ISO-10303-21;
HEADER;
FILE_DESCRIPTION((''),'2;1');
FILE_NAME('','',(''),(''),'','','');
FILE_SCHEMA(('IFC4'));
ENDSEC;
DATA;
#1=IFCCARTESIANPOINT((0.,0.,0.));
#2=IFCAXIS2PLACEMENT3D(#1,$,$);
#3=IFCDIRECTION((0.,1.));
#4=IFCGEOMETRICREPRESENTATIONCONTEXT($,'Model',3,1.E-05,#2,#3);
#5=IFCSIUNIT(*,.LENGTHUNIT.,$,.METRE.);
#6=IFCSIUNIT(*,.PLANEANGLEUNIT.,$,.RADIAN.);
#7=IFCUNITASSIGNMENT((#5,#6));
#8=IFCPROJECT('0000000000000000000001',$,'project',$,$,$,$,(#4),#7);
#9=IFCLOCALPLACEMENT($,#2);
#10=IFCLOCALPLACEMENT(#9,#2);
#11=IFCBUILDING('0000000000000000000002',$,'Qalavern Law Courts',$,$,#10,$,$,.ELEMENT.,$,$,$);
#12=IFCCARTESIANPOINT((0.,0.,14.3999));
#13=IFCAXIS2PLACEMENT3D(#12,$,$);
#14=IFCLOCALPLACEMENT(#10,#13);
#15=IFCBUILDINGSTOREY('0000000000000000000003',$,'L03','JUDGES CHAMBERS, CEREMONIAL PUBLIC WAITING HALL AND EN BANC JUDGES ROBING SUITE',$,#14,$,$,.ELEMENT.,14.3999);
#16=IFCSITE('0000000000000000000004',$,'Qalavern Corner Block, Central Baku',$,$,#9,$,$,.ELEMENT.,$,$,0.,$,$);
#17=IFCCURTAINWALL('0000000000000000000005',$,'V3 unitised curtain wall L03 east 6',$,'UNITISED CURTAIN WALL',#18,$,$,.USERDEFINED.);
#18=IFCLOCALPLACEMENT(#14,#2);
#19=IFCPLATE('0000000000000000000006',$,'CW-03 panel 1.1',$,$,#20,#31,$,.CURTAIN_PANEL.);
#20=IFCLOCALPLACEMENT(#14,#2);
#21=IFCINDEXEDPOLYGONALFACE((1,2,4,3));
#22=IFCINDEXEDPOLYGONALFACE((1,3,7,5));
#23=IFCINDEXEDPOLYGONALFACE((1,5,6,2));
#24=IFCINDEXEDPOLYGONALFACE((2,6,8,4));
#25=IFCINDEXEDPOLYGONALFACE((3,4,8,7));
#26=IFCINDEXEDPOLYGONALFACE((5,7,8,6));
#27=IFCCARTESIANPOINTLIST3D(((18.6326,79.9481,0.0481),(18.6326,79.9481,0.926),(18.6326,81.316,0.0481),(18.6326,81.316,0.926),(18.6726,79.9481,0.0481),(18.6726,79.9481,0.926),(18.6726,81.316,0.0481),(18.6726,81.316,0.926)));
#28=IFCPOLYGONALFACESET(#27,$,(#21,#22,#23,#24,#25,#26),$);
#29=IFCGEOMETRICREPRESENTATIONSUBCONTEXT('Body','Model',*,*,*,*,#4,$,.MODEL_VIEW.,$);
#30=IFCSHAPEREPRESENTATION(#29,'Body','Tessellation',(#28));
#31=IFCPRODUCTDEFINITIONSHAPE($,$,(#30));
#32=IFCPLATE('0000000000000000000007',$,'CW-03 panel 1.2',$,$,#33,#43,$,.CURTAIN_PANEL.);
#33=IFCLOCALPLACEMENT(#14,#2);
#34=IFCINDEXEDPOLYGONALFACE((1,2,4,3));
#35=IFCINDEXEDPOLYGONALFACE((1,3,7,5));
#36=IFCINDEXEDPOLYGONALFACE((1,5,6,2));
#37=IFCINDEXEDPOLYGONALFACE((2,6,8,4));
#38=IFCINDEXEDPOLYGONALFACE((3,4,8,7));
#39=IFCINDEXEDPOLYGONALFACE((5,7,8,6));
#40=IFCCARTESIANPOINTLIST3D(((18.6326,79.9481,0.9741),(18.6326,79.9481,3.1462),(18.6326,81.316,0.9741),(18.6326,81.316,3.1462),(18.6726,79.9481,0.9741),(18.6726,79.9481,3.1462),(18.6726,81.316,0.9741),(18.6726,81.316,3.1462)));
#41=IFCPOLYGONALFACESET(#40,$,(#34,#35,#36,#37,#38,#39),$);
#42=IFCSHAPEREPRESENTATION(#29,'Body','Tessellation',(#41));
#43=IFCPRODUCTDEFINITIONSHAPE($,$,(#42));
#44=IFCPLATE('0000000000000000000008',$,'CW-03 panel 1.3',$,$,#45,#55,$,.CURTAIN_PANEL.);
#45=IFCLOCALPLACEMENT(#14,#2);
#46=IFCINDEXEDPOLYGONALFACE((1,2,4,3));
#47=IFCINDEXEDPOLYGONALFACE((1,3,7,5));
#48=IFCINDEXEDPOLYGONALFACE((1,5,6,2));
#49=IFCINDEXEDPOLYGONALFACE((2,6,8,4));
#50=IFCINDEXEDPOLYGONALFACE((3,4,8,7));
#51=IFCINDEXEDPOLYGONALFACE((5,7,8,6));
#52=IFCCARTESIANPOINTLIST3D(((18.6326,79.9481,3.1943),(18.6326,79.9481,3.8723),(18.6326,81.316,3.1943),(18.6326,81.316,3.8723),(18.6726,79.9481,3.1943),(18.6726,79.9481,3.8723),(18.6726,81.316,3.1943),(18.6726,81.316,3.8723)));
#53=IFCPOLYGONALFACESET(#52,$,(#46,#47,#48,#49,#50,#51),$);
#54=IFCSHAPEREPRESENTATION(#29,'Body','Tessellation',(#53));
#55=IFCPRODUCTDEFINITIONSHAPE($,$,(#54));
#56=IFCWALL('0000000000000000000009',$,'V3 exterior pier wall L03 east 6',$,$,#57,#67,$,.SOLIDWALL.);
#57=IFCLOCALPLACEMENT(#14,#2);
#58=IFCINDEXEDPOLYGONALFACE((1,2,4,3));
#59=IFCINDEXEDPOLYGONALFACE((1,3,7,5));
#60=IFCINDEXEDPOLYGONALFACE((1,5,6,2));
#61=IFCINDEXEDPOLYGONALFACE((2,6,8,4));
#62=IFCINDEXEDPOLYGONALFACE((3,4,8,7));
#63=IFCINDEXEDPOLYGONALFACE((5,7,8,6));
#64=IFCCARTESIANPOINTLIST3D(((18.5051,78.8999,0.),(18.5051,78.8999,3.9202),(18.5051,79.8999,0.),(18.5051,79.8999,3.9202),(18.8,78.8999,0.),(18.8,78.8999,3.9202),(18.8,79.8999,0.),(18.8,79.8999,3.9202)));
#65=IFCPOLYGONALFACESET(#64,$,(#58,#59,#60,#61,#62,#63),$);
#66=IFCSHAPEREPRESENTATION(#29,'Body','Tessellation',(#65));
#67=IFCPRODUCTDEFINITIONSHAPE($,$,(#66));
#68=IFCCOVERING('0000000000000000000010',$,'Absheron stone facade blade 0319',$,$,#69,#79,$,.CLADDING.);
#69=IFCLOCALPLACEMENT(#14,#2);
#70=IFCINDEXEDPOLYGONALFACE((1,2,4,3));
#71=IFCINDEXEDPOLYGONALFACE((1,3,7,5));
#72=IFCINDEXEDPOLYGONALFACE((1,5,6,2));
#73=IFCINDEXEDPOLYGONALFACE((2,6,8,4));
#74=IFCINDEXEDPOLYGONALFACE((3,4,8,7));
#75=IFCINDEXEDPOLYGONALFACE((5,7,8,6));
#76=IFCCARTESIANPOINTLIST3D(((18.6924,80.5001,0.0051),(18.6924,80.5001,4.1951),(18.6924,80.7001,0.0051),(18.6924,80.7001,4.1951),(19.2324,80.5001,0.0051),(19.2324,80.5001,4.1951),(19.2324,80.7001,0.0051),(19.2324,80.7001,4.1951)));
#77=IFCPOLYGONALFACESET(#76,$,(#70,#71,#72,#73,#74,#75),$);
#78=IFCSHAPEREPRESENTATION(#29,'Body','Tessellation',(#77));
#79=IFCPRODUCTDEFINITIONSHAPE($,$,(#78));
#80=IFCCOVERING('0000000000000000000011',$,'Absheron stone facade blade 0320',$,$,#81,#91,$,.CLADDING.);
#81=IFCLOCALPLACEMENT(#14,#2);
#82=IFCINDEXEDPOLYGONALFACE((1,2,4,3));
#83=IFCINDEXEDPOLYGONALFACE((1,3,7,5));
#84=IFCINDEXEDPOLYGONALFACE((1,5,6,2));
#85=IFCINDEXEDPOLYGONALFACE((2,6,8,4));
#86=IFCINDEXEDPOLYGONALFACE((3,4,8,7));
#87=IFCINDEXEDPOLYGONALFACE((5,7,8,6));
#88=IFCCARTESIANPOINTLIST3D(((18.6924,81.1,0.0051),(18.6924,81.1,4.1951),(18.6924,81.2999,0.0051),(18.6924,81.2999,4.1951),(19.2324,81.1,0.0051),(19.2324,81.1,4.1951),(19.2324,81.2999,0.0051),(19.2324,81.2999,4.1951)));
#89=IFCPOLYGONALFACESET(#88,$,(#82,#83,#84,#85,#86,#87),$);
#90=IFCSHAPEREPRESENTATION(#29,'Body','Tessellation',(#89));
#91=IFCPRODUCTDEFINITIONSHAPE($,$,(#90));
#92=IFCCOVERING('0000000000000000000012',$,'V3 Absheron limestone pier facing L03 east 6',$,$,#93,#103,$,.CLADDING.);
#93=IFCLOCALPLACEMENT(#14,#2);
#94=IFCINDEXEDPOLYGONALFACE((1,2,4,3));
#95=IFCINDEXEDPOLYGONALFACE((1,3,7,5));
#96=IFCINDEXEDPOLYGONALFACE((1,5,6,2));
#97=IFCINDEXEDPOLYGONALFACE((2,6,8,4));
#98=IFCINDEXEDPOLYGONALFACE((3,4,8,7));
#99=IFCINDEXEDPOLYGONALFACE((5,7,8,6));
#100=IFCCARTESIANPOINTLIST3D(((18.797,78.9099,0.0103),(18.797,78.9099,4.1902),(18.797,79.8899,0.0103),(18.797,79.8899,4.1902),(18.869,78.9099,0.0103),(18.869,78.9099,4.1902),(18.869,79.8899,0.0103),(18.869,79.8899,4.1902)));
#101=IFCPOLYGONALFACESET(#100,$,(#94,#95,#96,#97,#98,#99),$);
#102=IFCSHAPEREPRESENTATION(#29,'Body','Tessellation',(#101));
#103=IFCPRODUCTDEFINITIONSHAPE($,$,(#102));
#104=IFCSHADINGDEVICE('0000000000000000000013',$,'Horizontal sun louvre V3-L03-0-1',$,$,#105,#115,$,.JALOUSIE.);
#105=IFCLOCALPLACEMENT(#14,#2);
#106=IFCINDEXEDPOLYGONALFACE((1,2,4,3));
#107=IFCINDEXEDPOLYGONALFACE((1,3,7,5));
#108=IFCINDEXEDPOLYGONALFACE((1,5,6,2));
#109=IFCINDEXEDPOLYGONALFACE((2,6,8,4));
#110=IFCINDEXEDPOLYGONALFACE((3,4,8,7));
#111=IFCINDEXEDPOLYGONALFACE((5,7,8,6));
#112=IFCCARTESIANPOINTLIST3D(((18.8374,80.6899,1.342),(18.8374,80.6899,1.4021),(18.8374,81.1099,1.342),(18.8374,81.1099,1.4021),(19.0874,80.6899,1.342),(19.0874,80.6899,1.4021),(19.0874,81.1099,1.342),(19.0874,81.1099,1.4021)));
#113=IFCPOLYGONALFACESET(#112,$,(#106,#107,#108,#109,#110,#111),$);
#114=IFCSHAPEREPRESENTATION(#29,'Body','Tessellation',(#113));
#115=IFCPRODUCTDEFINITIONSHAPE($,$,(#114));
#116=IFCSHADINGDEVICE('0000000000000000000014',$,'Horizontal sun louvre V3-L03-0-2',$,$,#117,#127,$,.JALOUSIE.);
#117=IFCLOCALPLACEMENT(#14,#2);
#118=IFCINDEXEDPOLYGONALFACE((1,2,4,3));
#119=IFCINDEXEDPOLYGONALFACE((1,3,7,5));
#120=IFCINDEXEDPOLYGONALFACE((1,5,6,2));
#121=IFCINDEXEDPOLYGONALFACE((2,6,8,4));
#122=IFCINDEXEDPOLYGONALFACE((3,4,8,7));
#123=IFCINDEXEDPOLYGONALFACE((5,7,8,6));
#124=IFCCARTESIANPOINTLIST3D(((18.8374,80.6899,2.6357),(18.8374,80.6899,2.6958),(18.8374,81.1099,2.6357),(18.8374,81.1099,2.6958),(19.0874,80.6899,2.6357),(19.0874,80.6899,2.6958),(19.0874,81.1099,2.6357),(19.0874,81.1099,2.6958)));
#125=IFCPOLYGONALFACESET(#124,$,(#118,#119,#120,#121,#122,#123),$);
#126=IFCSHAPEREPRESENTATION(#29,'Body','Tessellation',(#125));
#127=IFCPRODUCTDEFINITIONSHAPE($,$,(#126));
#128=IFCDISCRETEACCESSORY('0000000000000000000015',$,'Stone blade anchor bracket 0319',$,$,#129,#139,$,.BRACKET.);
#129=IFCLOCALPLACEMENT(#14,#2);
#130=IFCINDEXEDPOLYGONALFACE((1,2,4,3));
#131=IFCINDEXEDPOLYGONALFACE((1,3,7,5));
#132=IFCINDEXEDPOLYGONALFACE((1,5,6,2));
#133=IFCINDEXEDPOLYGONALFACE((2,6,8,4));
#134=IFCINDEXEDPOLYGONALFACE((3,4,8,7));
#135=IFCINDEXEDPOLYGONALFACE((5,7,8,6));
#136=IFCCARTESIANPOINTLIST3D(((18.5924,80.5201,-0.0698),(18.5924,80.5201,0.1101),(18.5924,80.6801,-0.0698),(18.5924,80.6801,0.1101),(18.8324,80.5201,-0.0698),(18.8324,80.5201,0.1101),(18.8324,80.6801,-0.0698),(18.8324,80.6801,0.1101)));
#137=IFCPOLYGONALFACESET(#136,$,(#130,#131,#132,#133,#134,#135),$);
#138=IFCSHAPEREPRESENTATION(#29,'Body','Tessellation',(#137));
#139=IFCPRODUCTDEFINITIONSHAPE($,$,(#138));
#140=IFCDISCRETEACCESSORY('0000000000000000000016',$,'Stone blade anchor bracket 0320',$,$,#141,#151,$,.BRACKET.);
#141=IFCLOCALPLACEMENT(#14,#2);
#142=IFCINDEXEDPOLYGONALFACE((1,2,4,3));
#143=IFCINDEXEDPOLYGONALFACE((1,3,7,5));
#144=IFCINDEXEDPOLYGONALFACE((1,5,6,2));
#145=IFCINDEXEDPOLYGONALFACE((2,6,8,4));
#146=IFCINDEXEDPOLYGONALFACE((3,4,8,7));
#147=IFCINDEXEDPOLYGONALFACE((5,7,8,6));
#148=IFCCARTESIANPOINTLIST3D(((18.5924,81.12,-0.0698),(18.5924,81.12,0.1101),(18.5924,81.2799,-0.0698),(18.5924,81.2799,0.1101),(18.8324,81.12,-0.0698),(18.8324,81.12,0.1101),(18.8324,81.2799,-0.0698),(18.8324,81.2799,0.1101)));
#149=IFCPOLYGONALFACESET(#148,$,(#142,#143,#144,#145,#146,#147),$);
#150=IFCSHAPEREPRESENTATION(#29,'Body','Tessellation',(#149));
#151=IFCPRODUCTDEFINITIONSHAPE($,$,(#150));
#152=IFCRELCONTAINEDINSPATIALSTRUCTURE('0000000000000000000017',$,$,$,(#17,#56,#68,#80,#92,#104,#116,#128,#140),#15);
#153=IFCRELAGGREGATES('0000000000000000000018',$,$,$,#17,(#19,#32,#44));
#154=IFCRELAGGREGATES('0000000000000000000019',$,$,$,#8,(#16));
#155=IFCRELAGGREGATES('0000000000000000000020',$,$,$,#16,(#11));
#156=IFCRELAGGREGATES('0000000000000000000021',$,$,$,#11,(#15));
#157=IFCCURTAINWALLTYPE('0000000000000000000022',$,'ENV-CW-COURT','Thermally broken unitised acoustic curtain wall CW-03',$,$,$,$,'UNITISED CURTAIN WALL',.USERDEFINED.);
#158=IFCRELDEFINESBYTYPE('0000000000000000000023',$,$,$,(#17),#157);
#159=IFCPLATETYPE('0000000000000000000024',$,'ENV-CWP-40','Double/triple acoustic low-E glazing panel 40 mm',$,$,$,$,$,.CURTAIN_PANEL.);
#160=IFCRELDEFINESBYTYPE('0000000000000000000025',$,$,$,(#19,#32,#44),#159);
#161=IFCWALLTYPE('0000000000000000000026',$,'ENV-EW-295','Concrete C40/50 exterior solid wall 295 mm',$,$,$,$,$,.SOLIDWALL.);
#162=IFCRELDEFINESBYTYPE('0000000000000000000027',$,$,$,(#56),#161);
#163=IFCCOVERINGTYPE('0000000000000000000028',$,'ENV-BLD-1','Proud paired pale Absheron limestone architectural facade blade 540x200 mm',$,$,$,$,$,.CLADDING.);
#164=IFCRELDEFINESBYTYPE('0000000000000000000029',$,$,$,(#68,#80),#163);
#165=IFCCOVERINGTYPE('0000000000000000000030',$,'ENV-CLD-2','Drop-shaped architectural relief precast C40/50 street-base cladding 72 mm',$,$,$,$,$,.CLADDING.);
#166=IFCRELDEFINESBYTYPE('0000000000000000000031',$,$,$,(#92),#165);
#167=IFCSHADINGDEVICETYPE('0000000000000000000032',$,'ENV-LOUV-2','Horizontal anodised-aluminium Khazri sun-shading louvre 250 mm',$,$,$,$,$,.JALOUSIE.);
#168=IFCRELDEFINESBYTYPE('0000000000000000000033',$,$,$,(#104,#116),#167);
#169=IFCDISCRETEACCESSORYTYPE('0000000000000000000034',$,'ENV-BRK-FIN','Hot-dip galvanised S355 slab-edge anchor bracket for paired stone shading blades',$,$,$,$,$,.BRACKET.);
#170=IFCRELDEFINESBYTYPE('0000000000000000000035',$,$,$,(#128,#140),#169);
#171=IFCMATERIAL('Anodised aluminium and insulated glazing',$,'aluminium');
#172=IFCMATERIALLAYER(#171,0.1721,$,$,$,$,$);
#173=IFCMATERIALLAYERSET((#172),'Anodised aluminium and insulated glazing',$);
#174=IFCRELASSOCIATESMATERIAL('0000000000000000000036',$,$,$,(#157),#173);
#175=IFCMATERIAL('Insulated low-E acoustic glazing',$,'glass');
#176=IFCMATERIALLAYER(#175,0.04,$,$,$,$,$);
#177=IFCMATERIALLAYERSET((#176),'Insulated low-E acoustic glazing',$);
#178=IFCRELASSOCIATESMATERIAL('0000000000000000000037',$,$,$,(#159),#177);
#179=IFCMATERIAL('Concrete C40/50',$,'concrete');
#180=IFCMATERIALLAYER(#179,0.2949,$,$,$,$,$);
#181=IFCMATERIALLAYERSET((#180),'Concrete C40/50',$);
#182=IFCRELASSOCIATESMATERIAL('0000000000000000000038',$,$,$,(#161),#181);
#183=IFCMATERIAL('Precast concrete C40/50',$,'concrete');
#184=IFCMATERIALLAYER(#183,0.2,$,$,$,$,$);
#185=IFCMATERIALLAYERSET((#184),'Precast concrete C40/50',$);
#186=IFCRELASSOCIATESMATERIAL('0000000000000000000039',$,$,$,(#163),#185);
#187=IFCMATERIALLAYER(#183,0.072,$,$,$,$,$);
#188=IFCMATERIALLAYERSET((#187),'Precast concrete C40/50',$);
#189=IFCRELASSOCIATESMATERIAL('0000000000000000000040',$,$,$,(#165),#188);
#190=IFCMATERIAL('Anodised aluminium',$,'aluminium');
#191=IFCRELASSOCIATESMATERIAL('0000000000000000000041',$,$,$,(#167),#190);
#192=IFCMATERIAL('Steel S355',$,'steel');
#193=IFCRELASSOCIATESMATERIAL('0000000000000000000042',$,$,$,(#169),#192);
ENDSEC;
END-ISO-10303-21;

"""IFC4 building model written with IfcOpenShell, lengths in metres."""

from ifc_helpers import new_model, si_unit, direction, frame, frame_2d, origin, origin_2d, place, context, subcontext, project, spatial, rectangle, extrude, material, layer, layer_set, type_object, element, aggregate, save


model = new_model("IFC4")

# Units and contexts
model_context = context("Model", 3, precision=1e-05, world=origin(), true_north=direction((0.0, 1.0)))
body_context = subcontext(model_context, "Body", "Model", "MODEL_VIEW")
ifc_project = project(units=[si_unit("LENGTHUNIT", "METRE"), si_unit("PLANEANGLEUNIT", "RADIAN")], contexts=[model_context])

# Site, building, storey
site_placement = place(None, origin())
site = spatial("IfcSite", under=ifc_project, at=site_placement, Name="Qalavern Corner Block, Central Baku", CompositionType="ELEMENT", RefElevation=0.0)
building_placement = place(site_placement, origin())
building = spatial("IfcBuilding", under=site, at=building_placement, Name="Qalavern Law Courts", CompositionType="ELEMENT")
storey_placement = place(building_placement, frame((0.0, 0.0, 14.3999)))
storey = spatial("IfcBuildingStorey", under=building, at=storey_placement, Name="L03", Description="JUDGES CHAMBERS, CEREMONIAL PUBLIC WAITING HALL AND EN BANC JUDGES ROBING SUITE", CompositionType="ELEMENT", Elevation=14.3999)

# Shared definitions
ifc_material_1 = material(Name="Anodised aluminium and insulated glazing", Category="aluminium")
ifc_layer_1 = layer(ifc_material_1, 0.1721)
ifc_layer_set_1 = layer_set([ifc_layer_1], Name="Anodised aluminium and insulated glazing")
curtain_wall_type = type_object("IfcCurtainWallType", Name="ENV-CW-COURT", Description="Thermally broken unitised acoustic curtain wall CW-03", ElementType="UNITISED CURTAIN WALL", PredefinedType="USERDEFINED", material=ifc_layer_set_1)
ifc_material_2 = material(Name="Anodised aluminium", Category="aluminium")

# Curtain wall
curtain_wall_1_placement = place(storey_placement, origin())
curtain_wall_1 = element("IfcCurtainWall", 1, at=curtain_wall_1_placement, inside=storey, type_object=curtain_wall_type, Name="V3 unitised curtain wall L03 east 6", ObjectType="UNITISED CURTAIN WALL", PredefinedType="USERDEFINED")

# Shared definitions
ifc_material_3 = material(Name="Steel S355", Category="steel")

# Plates
ifc_material_4 = material(Name="Insulated low-E acoustic glazing", Category="glass")
ifc_layer_2 = layer(ifc_material_4, 0.04)
ifc_layer_set_2 = layer_set([ifc_layer_2], Name="Insulated low-E acoustic glazing")
plate_type_1 = type_object("IfcPlateType", Name="ENV-CWP-40", Description="Double/triple acoustic low-E glazing panel 40 mm", PredefinedType="CURTAIN_PANEL", material=ifc_layer_set_2)
plate_1_placement = place(storey_placement, frame((18.6526, 80.6321, 0.0481), z_axis=(0.0, 0.0, 1.0), x_axis=(0.0, 1.0, 0.0)))
plate_1 = element("IfcPlate", 2, at=plate_1_placement, type_object=plate_type_1, Name="CW-03 panel 1.1", PredefinedType="CURTAIN_PANEL", context=body_context, shape_type="SweptSolid", body=[
    extrude(rectangle(XDim=1.3679, YDim=0.04, at=origin_2d()), origin(), (0.0, 0.0, 1.0), 0.8779),
])
plate_2_placement = place(storey_placement, frame((18.6526, 80.6321, 0.9741), z_axis=(0.0, 0.0, 1.0), x_axis=(0.0, 1.0, 0.0)))
plate_2 = element("IfcPlate", 3, at=plate_2_placement, type_object=plate_type_1, Name="CW-03 panel 1.2", PredefinedType="CURTAIN_PANEL", context=body_context, shape_type="SweptSolid", body=[
    extrude(rectangle(XDim=1.3679, YDim=0.04, at=origin_2d()), origin(), (0.0, 0.0, 1.0), 2.1721),
])
plate_3_placement = place(storey_placement, frame((18.6526, 80.6321, 3.1943), z_axis=(0.0, 0.0, 1.0), x_axis=(0.0, 1.0, 0.0)))
plate_3 = element("IfcPlate", 4, at=plate_3_placement, type_object=plate_type_1, Name="CW-03 panel 1.3", PredefinedType="CURTAIN_PANEL", context=body_context, shape_type="SweptSolid", body=[
    extrude(rectangle(XDim=1.3679, YDim=0.04, at=origin_2d()), origin(), (0.0, 0.0, 1.0), 0.678),
])
aggregate(curtain_wall_1, [plate_1, plate_2, plate_3])

# Wall
ifc_material_5 = material(Name="Concrete C40/50", Category="concrete")
ifc_layer_3 = layer(ifc_material_5, 0.2949)
ifc_layer_set_3 = layer_set([ifc_layer_3], Name="Concrete C40/50")
wall_type = type_object("IfcWallType", Name="ENV-EW-295", Description="Concrete C40/50 exterior solid wall 295 mm", PredefinedType="SOLIDWALL", material=ifc_layer_set_3)
wall_placement = place(storey_placement, frame((18.6526, 78.8999, 0.0), z_axis=(0.0, 0.0, 1.0), x_axis=(0.0, 1.0, 0.0)))
element("IfcWall", 5, at=wall_placement, inside=storey, type_object=wall_type, Name="V3 exterior pier wall L03 east 6", PredefinedType="SOLIDWALL", context=body_context, shape_type="SweptSolid", body=[
    extrude(rectangle(XDim=1.0, YDim=0.2949, at=frame_2d((0.5, 0.0))), origin(), (0.0, 0.0, 1.0), 3.9202),
])

# Coverings
ifc_material_6 = material(Name="Precast concrete C40/50", Category="concrete")
ifc_layer_4 = layer(ifc_material_6, 0.2)
ifc_layer_set_4 = layer_set([ifc_layer_4], Name="Precast concrete C40/50")
covering_type_1 = type_object("IfcCoveringType", Name="ENV-BLD-1", Description="Proud paired pale Absheron limestone architectural facade blade 540x200 mm", PredefinedType="CLADDING", material=ifc_layer_set_4)
for number, where, z_axis, x_axis, name in (
    (6, (18.9624, 80.6001, 0.0051), (0.0, 0.0, 1.0), (1.0, 0.0, 0.0), "Absheron stone facade blade 0319"),
    (7, (18.9624, 81.2, 0.0051), (0.0, 0.0, 1.0), (1.0, 0.0, 0.0), "Absheron stone facade blade 0320"),
):
    element("IfcCovering", number, at=place(storey_placement, frame(where, z_axis=z_axis, x_axis=x_axis)), inside=storey, type_object=covering_type_1, Name=name, PredefinedType="CLADDING", context=body_context, shape_type="SweptSolid", body=[
        extrude(rectangle(XDim=0.54, YDim=0.2, at=origin_2d()), origin(), (0.0, 0.0, 1.0), 4.1899),
    ])
ifc_layer_5 = layer(ifc_material_6, 0.072)
ifc_layer_set_5 = layer_set([ifc_layer_5], Name="Precast concrete C40/50")
covering_type_2 = type_object("IfcCoveringType", Name="ENV-CLD-2", Description="Drop-shaped architectural relief precast C40/50 street-base cladding 72 mm", PredefinedType="CLADDING", material=ifc_layer_set_5)
covering_placement = place(storey_placement, frame((18.833, 79.3999, 0.0103), z_axis=(0.0, 0.0, 1.0), x_axis=(0.0, 1.0, 0.0)))
element("IfcCovering", 8, at=covering_placement, inside=storey, type_object=covering_type_2, Name="V3 Absheron limestone pier facing L03 east 6", PredefinedType="CLADDING", context=body_context, shape_type="SweptSolid", body=[
    extrude(rectangle(XDim=0.98, YDim=0.072, at=origin_2d()), origin(), (0.0, 0.0, 1.0), 4.1799),
])

# Shading devices
shading_device_type = type_object("IfcShadingDeviceType", Name="ENV-LOUV-2", Description="Horizontal anodised-aluminium Khazri sun-shading louvre 250 mm", PredefinedType="JALOUSIE", material=ifc_material_2)
for number, where, z_axis, x_axis, name in (
    (9, (18.9624, 80.8999, 1.342), (0.0, 0.0, 1.0), (0.0, 1.0, 0.0), "Horizontal sun louvre V3-L03-0-1"),
    (10, (18.9624, 80.8999, 2.6357), (0.0, 0.0, 1.0), (0.0, 1.0, 0.0), "Horizontal sun louvre V3-L03-0-2"),
):
    element("IfcShadingDevice", number, at=place(storey_placement, frame(where, z_axis=z_axis, x_axis=x_axis)), inside=storey, type_object=shading_device_type, Name=name, PredefinedType="JALOUSIE", context=body_context, shape_type="SweptSolid", body=[
        extrude(rectangle(XDim=0.4199, YDim=0.25, at=origin_2d()), origin(), (0.0, 0.0, 1.0), 0.0601),
    ])

# Discrete accessories
discrete_accessory_type = type_object("IfcDiscreteAccessoryType", Name="ENV-BRK-FIN", Description="Hot-dip galvanised S355 slab-edge anchor bracket for paired stone shading blades", PredefinedType="BRACKET", material=ifc_material_3)
for number, where, z_axis, x_axis, name in (
    (11, (18.7124, 80.6001, -0.0698), (0.0, 0.0, 1.0), (1.0, 0.0, 0.0), "Stone blade anchor bracket 0319"),
    (12, (18.7124, 81.2, -0.0698), (0.0, 0.0, 1.0), (1.0, 0.0, 0.0), "Stone blade anchor bracket 0320"),
):
    element("IfcDiscreteAccessory", number, at=place(storey_placement, frame(where, z_axis=z_axis, x_axis=x_axis)), inside=storey, type_object=discrete_accessory_type, Name=name, PredefinedType="BRACKET", context=body_context, shape_type="SweptSolid", body=[
        extrude(rectangle(XDim=0.24, YDim=0.1599, at=origin_2d()), origin(), (0.0, 0.0, 1.0), 0.1799),
    ])

save(model, "model.ifc")
